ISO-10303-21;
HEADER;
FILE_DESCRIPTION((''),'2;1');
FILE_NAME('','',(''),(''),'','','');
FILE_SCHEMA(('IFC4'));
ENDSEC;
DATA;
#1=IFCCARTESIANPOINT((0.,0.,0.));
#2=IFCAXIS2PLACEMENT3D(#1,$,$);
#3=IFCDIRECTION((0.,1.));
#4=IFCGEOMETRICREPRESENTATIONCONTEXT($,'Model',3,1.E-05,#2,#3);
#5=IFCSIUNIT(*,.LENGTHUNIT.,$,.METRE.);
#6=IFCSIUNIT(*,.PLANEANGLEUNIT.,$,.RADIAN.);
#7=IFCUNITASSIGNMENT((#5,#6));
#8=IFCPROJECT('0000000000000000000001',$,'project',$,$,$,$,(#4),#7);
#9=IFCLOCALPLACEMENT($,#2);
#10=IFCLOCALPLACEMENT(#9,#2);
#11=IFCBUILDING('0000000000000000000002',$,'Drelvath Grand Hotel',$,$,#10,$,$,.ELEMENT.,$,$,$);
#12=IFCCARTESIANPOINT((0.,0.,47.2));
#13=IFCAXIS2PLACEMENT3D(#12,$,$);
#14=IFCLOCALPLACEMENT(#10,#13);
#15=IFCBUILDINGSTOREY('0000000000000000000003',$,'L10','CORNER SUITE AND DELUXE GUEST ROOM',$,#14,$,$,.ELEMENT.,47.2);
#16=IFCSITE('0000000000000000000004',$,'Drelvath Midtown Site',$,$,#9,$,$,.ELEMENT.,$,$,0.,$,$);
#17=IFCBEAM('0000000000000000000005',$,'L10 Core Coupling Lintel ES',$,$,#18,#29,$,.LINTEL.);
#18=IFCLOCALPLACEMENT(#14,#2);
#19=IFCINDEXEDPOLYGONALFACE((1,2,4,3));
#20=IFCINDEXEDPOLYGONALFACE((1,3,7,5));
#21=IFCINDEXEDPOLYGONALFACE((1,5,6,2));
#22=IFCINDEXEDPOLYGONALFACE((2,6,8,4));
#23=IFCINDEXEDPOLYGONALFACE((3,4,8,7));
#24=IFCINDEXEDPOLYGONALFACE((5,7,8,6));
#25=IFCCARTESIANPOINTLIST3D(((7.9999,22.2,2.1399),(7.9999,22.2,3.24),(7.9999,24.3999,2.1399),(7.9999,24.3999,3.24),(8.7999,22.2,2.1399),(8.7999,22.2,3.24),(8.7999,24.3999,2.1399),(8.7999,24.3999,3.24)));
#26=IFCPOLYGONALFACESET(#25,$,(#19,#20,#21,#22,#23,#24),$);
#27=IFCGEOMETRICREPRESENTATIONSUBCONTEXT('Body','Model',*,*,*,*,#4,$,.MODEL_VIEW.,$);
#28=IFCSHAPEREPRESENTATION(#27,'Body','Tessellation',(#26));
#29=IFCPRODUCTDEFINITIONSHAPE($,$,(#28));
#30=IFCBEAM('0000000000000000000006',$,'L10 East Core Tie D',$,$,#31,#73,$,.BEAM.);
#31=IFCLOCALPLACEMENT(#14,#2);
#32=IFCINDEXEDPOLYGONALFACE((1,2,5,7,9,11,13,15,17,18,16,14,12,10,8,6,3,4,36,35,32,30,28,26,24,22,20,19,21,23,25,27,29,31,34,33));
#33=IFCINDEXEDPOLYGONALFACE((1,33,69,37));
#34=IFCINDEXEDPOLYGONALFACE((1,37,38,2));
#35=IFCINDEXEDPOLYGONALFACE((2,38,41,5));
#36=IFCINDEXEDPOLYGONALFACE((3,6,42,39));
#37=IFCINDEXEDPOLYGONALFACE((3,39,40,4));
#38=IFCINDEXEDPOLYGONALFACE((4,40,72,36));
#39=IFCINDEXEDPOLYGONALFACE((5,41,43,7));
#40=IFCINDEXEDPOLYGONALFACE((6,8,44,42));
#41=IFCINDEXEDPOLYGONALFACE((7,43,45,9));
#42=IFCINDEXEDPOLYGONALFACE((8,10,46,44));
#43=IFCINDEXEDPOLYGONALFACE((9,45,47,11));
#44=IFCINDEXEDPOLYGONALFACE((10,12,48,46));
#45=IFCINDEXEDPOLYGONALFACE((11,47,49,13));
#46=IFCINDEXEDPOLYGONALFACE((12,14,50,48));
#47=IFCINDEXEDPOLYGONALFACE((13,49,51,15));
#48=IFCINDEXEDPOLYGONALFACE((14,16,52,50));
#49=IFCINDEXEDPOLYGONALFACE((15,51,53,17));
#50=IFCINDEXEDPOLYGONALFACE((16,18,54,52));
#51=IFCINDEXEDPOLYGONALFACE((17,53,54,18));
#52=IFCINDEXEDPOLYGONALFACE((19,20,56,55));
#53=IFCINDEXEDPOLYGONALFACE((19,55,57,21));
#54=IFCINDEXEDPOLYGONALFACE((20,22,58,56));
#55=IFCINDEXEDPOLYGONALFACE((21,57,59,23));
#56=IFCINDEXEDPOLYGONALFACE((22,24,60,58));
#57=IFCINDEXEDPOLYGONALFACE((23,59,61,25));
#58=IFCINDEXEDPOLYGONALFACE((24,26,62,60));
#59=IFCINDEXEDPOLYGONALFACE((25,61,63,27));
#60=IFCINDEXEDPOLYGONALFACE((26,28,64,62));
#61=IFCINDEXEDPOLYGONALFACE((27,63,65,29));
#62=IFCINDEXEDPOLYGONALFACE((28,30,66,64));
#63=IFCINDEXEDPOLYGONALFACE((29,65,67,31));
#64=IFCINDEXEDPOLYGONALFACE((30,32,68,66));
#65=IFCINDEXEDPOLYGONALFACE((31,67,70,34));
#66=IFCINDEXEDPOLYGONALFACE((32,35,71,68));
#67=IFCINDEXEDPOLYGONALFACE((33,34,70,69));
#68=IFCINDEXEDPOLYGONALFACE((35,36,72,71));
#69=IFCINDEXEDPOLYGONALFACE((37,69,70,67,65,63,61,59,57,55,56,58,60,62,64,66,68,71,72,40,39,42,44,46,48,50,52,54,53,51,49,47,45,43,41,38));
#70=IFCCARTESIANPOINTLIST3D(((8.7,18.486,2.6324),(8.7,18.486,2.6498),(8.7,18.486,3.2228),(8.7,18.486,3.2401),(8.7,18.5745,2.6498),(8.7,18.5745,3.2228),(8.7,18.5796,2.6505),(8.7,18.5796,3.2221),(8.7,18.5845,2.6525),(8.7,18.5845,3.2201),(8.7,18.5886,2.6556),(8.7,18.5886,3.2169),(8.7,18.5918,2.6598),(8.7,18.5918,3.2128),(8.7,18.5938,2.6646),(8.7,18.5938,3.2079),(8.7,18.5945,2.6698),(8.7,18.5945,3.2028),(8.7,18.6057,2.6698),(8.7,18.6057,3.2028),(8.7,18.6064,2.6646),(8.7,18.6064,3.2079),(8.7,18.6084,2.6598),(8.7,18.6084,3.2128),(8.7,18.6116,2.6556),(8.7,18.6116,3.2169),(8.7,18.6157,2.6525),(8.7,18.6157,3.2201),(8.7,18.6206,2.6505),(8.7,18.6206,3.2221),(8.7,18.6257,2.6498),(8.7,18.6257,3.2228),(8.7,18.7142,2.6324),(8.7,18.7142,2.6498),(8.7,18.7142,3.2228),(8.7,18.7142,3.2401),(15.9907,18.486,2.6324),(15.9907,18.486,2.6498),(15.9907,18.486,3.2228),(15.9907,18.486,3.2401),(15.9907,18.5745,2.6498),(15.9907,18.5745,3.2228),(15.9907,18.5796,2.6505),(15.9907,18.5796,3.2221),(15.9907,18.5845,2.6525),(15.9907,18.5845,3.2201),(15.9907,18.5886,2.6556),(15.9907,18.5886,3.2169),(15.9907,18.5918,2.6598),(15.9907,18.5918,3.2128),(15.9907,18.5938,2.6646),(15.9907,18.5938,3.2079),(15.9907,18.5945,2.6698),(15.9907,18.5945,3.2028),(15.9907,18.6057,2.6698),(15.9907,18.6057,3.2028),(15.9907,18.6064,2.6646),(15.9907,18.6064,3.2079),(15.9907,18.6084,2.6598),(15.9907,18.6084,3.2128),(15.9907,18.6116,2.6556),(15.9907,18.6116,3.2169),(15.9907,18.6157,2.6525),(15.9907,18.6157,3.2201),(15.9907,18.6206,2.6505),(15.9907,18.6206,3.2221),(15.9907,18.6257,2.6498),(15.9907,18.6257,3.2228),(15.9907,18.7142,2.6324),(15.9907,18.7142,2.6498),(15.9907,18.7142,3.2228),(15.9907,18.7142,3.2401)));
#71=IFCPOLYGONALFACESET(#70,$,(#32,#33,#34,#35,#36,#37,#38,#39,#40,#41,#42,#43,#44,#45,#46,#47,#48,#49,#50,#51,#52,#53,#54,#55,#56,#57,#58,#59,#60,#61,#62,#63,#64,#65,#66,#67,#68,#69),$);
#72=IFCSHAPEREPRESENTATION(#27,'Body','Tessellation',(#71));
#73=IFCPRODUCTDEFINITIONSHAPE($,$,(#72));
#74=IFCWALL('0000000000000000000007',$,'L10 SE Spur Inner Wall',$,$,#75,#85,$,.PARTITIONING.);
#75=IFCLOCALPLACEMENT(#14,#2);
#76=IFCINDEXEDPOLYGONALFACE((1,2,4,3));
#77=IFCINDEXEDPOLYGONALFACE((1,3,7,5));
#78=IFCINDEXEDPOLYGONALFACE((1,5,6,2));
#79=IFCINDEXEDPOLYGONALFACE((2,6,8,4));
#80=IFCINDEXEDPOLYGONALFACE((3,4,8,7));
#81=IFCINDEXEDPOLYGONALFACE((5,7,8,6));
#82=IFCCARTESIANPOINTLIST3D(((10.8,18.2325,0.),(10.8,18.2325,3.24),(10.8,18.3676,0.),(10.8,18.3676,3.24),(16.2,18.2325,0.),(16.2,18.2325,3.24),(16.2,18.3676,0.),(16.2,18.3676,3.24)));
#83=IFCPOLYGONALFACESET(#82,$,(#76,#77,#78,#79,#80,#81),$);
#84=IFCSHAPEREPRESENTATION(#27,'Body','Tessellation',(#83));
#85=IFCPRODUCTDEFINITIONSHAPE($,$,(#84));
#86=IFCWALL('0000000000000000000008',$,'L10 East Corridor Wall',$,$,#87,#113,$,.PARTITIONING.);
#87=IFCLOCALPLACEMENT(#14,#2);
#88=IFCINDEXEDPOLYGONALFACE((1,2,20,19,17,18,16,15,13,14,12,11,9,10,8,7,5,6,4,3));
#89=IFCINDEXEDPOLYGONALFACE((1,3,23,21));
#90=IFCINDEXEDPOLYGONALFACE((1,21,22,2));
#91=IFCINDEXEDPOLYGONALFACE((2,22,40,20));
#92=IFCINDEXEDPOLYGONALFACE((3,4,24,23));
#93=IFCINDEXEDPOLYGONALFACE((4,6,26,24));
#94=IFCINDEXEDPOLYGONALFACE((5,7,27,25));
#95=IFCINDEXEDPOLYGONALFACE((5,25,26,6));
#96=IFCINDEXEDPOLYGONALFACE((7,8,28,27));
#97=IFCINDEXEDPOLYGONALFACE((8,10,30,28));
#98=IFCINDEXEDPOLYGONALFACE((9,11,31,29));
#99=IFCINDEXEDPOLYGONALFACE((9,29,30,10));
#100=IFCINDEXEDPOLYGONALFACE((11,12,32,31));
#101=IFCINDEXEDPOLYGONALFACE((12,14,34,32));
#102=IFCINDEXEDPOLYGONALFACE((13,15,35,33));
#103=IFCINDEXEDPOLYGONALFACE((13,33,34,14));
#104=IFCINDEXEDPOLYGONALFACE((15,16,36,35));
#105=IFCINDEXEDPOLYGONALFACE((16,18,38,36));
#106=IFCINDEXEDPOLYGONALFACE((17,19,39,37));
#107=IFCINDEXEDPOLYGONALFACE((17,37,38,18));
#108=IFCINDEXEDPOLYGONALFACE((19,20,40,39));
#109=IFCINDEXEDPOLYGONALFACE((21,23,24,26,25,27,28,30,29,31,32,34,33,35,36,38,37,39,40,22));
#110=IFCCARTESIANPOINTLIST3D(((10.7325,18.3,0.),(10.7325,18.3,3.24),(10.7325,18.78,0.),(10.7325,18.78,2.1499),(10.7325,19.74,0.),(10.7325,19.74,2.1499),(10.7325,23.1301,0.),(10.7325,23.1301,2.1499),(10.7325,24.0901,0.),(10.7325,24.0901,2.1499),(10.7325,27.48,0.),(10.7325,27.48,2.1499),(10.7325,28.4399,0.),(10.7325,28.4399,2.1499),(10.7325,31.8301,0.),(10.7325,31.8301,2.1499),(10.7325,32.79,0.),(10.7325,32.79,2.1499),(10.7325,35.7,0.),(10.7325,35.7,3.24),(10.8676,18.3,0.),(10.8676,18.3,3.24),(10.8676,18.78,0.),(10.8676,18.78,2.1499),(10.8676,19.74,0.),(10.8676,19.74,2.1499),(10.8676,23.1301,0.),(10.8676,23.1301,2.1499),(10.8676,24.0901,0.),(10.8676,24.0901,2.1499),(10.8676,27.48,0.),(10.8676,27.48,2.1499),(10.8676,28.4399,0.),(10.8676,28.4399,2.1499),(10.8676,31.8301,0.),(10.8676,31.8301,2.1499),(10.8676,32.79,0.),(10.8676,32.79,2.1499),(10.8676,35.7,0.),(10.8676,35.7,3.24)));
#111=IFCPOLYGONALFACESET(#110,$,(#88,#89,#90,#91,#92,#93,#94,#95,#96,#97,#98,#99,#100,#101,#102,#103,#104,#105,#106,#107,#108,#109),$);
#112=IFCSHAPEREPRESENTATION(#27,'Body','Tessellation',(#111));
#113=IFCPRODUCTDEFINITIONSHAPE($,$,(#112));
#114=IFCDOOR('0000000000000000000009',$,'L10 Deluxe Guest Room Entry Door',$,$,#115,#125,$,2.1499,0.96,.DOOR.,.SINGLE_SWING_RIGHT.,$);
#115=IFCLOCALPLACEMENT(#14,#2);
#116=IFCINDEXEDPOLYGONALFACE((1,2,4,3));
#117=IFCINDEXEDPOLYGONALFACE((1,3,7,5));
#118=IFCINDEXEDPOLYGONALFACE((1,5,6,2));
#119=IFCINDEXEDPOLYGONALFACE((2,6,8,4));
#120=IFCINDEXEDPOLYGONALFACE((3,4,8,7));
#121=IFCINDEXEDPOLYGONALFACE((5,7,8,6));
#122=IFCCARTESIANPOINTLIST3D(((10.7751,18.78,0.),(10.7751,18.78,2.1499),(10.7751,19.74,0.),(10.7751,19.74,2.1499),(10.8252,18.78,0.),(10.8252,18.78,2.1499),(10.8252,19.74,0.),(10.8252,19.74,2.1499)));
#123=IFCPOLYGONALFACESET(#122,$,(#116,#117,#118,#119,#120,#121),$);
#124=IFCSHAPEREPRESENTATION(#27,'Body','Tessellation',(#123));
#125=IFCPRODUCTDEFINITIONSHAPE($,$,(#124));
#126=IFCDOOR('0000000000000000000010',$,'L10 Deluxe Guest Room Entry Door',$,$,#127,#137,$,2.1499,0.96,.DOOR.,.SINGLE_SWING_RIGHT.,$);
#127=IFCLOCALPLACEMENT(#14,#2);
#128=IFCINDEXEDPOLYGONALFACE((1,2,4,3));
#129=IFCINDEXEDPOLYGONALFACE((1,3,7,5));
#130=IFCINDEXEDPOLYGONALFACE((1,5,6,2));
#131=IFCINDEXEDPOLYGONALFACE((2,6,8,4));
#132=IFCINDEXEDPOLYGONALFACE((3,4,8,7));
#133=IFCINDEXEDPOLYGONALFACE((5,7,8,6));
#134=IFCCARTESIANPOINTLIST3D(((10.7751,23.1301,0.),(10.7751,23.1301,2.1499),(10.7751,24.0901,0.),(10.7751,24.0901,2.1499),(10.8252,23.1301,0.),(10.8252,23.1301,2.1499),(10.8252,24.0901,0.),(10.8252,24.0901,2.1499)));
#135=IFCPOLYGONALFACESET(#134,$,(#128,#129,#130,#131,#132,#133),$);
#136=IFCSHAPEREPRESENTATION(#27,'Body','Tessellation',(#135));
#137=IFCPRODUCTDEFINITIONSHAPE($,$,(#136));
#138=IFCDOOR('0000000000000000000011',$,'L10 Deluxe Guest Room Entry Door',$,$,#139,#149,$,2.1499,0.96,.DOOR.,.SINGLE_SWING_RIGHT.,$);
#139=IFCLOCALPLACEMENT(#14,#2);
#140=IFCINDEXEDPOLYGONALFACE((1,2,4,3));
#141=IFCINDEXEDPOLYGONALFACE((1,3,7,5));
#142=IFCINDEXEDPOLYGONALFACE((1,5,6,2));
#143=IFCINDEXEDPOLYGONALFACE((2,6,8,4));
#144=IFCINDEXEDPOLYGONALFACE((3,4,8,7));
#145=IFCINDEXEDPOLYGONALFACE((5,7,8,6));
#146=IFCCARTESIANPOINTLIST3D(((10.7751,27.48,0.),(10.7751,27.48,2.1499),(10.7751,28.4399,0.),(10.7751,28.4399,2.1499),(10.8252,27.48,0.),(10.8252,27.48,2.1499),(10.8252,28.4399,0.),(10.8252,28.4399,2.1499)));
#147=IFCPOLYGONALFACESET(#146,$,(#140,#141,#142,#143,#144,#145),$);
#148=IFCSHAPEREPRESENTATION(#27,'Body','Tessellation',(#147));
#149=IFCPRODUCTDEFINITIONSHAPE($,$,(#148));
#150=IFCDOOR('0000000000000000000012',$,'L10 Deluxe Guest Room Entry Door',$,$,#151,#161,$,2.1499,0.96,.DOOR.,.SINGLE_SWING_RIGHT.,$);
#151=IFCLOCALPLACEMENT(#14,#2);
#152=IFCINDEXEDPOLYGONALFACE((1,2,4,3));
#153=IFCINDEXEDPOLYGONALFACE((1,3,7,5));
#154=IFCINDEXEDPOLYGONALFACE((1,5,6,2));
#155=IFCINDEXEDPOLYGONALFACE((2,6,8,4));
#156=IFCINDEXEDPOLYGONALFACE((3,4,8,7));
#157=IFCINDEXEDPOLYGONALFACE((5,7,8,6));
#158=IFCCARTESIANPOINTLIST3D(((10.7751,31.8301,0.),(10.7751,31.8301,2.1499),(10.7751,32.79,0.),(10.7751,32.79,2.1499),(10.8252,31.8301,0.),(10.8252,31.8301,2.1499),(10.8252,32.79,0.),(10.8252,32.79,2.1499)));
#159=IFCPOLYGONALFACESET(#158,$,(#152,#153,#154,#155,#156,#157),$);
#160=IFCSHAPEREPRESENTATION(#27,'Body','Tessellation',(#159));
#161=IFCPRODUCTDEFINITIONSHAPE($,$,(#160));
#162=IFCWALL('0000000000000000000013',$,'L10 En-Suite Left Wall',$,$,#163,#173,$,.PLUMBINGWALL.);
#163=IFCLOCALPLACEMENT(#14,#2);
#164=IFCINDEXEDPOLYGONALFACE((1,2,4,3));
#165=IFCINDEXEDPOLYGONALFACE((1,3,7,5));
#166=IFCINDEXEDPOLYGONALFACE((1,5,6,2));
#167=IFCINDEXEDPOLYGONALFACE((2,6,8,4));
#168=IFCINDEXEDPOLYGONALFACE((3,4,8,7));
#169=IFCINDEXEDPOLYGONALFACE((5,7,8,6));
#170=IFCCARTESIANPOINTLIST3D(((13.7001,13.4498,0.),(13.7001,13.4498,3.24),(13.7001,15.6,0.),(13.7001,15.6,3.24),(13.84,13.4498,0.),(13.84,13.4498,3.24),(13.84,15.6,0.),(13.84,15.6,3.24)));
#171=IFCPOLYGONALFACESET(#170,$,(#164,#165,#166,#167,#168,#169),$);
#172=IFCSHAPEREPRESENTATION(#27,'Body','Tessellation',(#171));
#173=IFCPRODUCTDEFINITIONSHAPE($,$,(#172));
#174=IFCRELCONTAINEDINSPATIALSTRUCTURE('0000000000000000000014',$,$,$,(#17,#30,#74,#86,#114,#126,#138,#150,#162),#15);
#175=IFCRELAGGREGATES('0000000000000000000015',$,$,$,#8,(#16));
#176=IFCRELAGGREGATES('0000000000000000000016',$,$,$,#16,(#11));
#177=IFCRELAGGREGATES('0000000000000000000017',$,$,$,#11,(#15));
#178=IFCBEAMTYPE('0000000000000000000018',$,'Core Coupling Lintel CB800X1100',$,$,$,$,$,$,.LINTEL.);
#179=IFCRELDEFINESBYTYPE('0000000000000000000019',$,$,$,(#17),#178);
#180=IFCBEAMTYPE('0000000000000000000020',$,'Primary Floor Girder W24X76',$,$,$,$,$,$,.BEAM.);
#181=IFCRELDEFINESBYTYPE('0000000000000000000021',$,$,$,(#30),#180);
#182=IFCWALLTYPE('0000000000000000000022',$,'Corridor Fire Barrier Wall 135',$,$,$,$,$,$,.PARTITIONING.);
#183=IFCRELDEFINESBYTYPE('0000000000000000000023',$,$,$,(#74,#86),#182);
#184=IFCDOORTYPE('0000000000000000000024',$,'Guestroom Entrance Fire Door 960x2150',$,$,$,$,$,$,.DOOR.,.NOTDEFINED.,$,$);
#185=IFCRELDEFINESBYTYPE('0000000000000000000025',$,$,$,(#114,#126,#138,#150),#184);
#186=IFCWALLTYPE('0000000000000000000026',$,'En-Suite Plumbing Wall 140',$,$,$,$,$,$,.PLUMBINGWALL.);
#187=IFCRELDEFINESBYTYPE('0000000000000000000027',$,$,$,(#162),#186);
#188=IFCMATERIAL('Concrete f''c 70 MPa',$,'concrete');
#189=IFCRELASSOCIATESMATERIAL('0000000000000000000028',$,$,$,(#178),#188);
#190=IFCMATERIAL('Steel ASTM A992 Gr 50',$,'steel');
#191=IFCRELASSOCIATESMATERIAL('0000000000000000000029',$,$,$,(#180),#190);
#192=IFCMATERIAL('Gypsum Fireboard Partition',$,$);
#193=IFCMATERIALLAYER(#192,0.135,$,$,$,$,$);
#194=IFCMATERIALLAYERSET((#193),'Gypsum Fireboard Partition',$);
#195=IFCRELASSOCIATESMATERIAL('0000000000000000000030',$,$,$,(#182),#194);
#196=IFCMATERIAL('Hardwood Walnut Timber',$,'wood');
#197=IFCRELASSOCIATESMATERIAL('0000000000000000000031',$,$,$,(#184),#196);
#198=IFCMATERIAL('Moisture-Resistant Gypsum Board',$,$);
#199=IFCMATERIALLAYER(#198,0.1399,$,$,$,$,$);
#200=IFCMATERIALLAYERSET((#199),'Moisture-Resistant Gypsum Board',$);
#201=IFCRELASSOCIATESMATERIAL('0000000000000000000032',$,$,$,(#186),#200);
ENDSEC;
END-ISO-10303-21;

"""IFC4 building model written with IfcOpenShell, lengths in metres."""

from ifc_helpers import new_model, si_unit, direction, frame, frame_2d, origin, origin_2d, place, context, subcontext, project, spatial, rectangle, i_section, extrude, material, layer, layer_set, material_profile, profile_set, type_object, element, fill, save


model = new_model("IFC4")

# Units and contexts
model_context = context("Model", 3, precision=1e-05, world=origin(), true_north=direction((0.0, 1.0)))
body_context = subcontext(model_context, "Body", "Model", "MODEL_VIEW")
ifc_project = project(units=[si_unit("LENGTHUNIT", "METRE"), si_unit("PLANEANGLEUNIT", "RADIAN")], contexts=[model_context])

# Site, building, storey
site_placement = place(None, origin())
site = spatial("IfcSite", under=ifc_project, at=site_placement, Name="Drelvath Midtown Site", CompositionType="ELEMENT", RefElevation=0.0)
building_placement = place(site_placement, origin())
building = spatial("IfcBuilding", under=site, at=building_placement, Name="Drelvath Grand Hotel", CompositionType="ELEMENT")
storey_placement = place(building_placement, frame((0.0, 0.0, 47.2)))
storey = spatial("IfcBuildingStorey", under=building, at=storey_placement, Name="L10", Description="CORNER SUITE AND DELUXE GUEST ROOM", CompositionType="ELEMENT", Elevation=47.2)

# Beams
ifc_material_1 = material(Name="Concrete f'c 70 MPa", Category="concrete")
ifc_material_profile_1 = material_profile(ifc_material_1, rectangle(XDim=0.8, YDim=1.1001, at=origin_2d()), Name="CB800X1100")
ifc_profile_set_1 = profile_set([ifc_material_profile_1], Name="Concrete f'c 70 MPa")
beam_type_1 = type_object("IfcBeamType", Name="Core Coupling Lintel CB800X1100", PredefinedType="LINTEL", material=ifc_profile_set_1)
beam_1_placement = place(storey_placement, frame((8.3999, 22.2, 2.6899), z_axis=(0.0, 1.0, 0.0), x_axis=(-1.0, 0.0, 0.0)))
element("IfcBeam", 1, at=beam_1_placement, inside=storey, type_object=beam_type_1, Name="L10 Core Coupling Lintel ES", PredefinedType="LINTEL", context=body_context, shape_type="SweptSolid", body=[
    extrude(rectangle(XDim=0.8, YDim=1.1001, at=origin_2d()), origin(), (0.0, 0.0, 1.0), 2.2),
])
ifc_material_2 = material(Name="Steel ASTM A992 Gr 50", Category="steel")
ifc_material_profile_2 = material_profile(ifc_material_2, i_section(OverallWidth=0.2283, OverallDepth=0.6077, WebThickness=0.0112, FlangeThickness=0.0173, FilletRadius=0.02, at=origin_2d()), Name="W24X76")
ifc_profile_set_2 = profile_set([ifc_material_profile_2], Name="Steel ASTM A992 Gr 50")
beam_type_2 = type_object("IfcBeamType", Name="Primary Floor Girder W24X76", PredefinedType="BEAM", material=ifc_profile_set_2)
beam_2_placement = place(storey_placement, frame((8.7, 18.6001, 2.9363), z_axis=(1.0, 0.0, 0.0), x_axis=(0.0, 1.0, 0.0)))
element("IfcBeam", 2, at=beam_2_placement, inside=storey, type_object=beam_type_2, Name="L10 East Core Tie D", PredefinedType="BEAM", context=body_context, shape_type="SweptSolid", body=[
    extrude(i_section(OverallWidth=0.2283, OverallDepth=0.6077, WebThickness=0.0112, FlangeThickness=0.0173, FilletRadius=0.02, at=origin_2d()), origin(), (0.0, 0.0, 1.0), 7.2908),
])

# Wall
ifc_material_3 = material(Name="Gypsum Fireboard Partition")
ifc_layer_1 = layer(ifc_material_3, 0.135)
ifc_layer_set_1 = layer_set([ifc_layer_1], Name="Gypsum Fireboard Partition")
wall_type_1 = type_object("IfcWallType", Name="Corridor Fire Barrier Wall 135", PredefinedType="PARTITIONING", material=ifc_layer_set_1)
wall_1_placement = place(storey_placement, frame((10.8, 18.3, 0.0), z_axis=(0.0, 0.0, 1.0), x_axis=(1.0, 0.0, 0.0)))
element("IfcWall", 3, at=wall_1_placement, inside=storey, type_object=wall_type_1, Name="L10 SE Spur Inner Wall", PredefinedType="PARTITIONING", context=body_context, shape_type="SweptSolid", body=[
    extrude(rectangle(XDim=5.3999, YDim=0.135, at=frame_2d((2.7, 0.0))), origin(), (0.0, 0.0, 1.0), 3.24),
])

# Wall, openings, doors
wall_2_placement = place(storey_placement, frame((10.8, 18.3, 0.0), z_axis=(0.0, 0.0, 1.0), x_axis=(0.0, 1.0, 0.0)))
wall_2 = element("IfcWall", 4, at=wall_2_placement, inside=storey, type_object=wall_type_1, Name="L10 East Corridor Wall", PredefinedType="PARTITIONING", context=body_context, shape_type="SweptSolid", body=[
    extrude(rectangle(XDim=17.3999, YDim=0.135, at=frame_2d((8.7, 0.0))), origin(), (0.0, 0.0, 1.0), 3.24),
])
opening_1_placement = place(wall_2_placement, frame((0.48, 0.0, 0.0)))
opening_1 = element("IfcOpeningElement", 5, at=opening_1_placement, cuts=wall_2, PredefinedType="OPENING", context=body_context, shape_type="SweptSolid", body=[
    extrude(rectangle(XDim=0.96, YDim=2.1499, at=frame_2d((0.48, 1.075))), frame((0.0, 0.0774, 0.0), z_axis=(0.0, -1.0, 0.0), x_axis=(1.0, 0.0, 0.0)), (0.0, 0.0, 1.0), 0.155),
])
opening_2_placement = place(wall_2_placement, frame((4.8301, 0.0, 0.0)))
opening_2 = element("IfcOpeningElement", 6, at=opening_2_placement, cuts=wall_2, PredefinedType="OPENING", context=body_context, shape_type="SweptSolid", body=[
    extrude(rectangle(XDim=0.96, YDim=2.1499, at=frame_2d((0.48, 1.075))), frame((0.0, 0.0774, 0.0), z_axis=(0.0, -1.0, 0.0), x_axis=(1.0, 0.0, 0.0)), (0.0, 0.0, 1.0), 0.155),
])
opening_3_placement = place(wall_2_placement, frame((9.1799, 0.0, 0.0)))
opening_3 = element("IfcOpeningElement", 7, at=opening_3_placement, cuts=wall_2, PredefinedType="OPENING", context=body_context, shape_type="SweptSolid", body=[
    extrude(rectangle(XDim=0.96, YDim=2.1499, at=frame_2d((0.48, 1.075))), frame((0.0, 0.0774, 0.0), z_axis=(0.0, -1.0, 0.0), x_axis=(1.0, 0.0, 0.0)), (0.0, 0.0, 1.0), 0.155),
])
opening_4_placement = place(wall_2_placement, frame((13.53, 0.0, 0.0)))
opening_4 = element("IfcOpeningElement", 8, at=opening_4_placement, cuts=wall_2, PredefinedType="OPENING", context=body_context, shape_type="SweptSolid", body=[
    extrude(rectangle(XDim=0.96, YDim=2.1499, at=frame_2d((0.48, 1.075))), frame((0.0, 0.0774, 0.0), z_axis=(0.0, -1.0, 0.0), x_axis=(1.0, 0.0, 0.0)), (0.0, 0.0, 1.0), 0.155),
])
ifc_material_4 = material(Name="Hardwood Walnut Timber", Category="wood")
door_type_1 = type_object("IfcDoorType", Name="Guestroom Entrance Fire Door 960x2150", OperationType="NOTDEFINED", PredefinedType="DOOR", material=ifc_material_4)
door_1_placement = place(opening_1_placement, origin())
door_1 = element("IfcDoor", 9, at=door_1_placement, inside=storey, type_object=door_type_1, Name="L10 Deluxe Guest Room Entry Door", OperationType="SINGLE_SWING_RIGHT", OverallHeight=2.1499, OverallWidth=0.96, PredefinedType="DOOR", context=body_context, shape_type="SweptSolid", body=[
    extrude(rectangle(XDim=0.96, YDim=2.1499, at=frame_2d((0.48, 1.075))), frame((0.0, 0.0249, 0.0), z_axis=(0.0, -1.0, 0.0), x_axis=(1.0, 0.0, 0.0)), (0.0, 0.0, 1.0), 0.05),
])
fill(opening_1, door_1)
door_2_placement = place(opening_2_placement, origin())
door_2 = element("IfcDoor", 10, at=door_2_placement, inside=storey, type_object=door_type_1, Name="L10 Deluxe Guest Room Entry Door", OperationType="SINGLE_SWING_RIGHT", OverallHeight=2.1499, OverallWidth=0.96, PredefinedType="DOOR", context=body_context, shape_type="SweptSolid", body=[
    extrude(rectangle(XDim=0.96, YDim=2.1499, at=frame_2d((0.48, 1.075))), frame((0.0, 0.0249, 0.0), z_axis=(0.0, -1.0, 0.0), x_axis=(1.0, 0.0, 0.0)), (0.0, 0.0, 1.0), 0.05),
])
fill(opening_2, door_2)
door_3_placement = place(opening_3_placement, origin())
door_3 = element("IfcDoor", 11, at=door_3_placement, inside=storey, type_object=door_type_1, Name="L10 Deluxe Guest Room Entry Door", OperationType="SINGLE_SWING_RIGHT", OverallHeight=2.1499, OverallWidth=0.96, PredefinedType="DOOR", context=body_context, shape_type="SweptSolid", body=[
    extrude(rectangle(XDim=0.96, YDim=2.1499, at=frame_2d((0.48, 1.075))), frame((0.0, 0.0249, 0.0), z_axis=(0.0, -1.0, 0.0), x_axis=(1.0, 0.0, 0.0)), (0.0, 0.0, 1.0), 0.05),
])
fill(opening_3, door_3)
door_4_placement = place(opening_4_placement, origin())
door_4 = element("IfcDoor", 12, at=door_4_placement, inside=storey, type_object=door_type_1, Name="L10 Deluxe Guest Room Entry Door", OperationType="SINGLE_SWING_RIGHT", OverallHeight=2.1499, OverallWidth=0.96, PredefinedType="DOOR", context=body_context, shape_type="SweptSolid", body=[
    extrude(rectangle(XDim=0.96, YDim=2.1499, at=frame_2d((0.48, 1.075))), frame((0.0, 0.0249, 0.0), z_axis=(0.0, -1.0, 0.0), x_axis=(1.0, 0.0, 0.0)), (0.0, 0.0, 1.0), 0.05),
])
fill(opening_4, door_4)

# Wall
ifc_material_5 = material(Name="Moisture-Resistant Gypsum Board")
ifc_layer_2 = layer(ifc_material_5, 0.1399)
ifc_layer_set_2 = layer_set([ifc_layer_2], Name="Moisture-Resistant Gypsum Board")
wall_type_2 = type_object("IfcWallType", Name="En-Suite Plumbing Wall 140", PredefinedType="PLUMBINGWALL", material=ifc_layer_set_2)
wall_3_placement = place(storey_placement, frame((13.77, 15.6001, 0.0), z_axis=(0.0, 0.0, 1.0), x_axis=(0.0, -1.0, 0.0)))
element("IfcWall", 13, at=wall_3_placement, inside=storey, type_object=wall_type_2, Name="L10 En-Suite Left Wall", PredefinedType="PLUMBINGWALL", context=body_context, shape_type="SweptSolid", body=[
    extrude(rectangle(XDim=2.1501, YDim=0.1399, at=frame_2d((1.0752, 0.0))), origin(), (0.0, 0.0, 1.0), 3.24),
])

save(model, "model.ifc")
